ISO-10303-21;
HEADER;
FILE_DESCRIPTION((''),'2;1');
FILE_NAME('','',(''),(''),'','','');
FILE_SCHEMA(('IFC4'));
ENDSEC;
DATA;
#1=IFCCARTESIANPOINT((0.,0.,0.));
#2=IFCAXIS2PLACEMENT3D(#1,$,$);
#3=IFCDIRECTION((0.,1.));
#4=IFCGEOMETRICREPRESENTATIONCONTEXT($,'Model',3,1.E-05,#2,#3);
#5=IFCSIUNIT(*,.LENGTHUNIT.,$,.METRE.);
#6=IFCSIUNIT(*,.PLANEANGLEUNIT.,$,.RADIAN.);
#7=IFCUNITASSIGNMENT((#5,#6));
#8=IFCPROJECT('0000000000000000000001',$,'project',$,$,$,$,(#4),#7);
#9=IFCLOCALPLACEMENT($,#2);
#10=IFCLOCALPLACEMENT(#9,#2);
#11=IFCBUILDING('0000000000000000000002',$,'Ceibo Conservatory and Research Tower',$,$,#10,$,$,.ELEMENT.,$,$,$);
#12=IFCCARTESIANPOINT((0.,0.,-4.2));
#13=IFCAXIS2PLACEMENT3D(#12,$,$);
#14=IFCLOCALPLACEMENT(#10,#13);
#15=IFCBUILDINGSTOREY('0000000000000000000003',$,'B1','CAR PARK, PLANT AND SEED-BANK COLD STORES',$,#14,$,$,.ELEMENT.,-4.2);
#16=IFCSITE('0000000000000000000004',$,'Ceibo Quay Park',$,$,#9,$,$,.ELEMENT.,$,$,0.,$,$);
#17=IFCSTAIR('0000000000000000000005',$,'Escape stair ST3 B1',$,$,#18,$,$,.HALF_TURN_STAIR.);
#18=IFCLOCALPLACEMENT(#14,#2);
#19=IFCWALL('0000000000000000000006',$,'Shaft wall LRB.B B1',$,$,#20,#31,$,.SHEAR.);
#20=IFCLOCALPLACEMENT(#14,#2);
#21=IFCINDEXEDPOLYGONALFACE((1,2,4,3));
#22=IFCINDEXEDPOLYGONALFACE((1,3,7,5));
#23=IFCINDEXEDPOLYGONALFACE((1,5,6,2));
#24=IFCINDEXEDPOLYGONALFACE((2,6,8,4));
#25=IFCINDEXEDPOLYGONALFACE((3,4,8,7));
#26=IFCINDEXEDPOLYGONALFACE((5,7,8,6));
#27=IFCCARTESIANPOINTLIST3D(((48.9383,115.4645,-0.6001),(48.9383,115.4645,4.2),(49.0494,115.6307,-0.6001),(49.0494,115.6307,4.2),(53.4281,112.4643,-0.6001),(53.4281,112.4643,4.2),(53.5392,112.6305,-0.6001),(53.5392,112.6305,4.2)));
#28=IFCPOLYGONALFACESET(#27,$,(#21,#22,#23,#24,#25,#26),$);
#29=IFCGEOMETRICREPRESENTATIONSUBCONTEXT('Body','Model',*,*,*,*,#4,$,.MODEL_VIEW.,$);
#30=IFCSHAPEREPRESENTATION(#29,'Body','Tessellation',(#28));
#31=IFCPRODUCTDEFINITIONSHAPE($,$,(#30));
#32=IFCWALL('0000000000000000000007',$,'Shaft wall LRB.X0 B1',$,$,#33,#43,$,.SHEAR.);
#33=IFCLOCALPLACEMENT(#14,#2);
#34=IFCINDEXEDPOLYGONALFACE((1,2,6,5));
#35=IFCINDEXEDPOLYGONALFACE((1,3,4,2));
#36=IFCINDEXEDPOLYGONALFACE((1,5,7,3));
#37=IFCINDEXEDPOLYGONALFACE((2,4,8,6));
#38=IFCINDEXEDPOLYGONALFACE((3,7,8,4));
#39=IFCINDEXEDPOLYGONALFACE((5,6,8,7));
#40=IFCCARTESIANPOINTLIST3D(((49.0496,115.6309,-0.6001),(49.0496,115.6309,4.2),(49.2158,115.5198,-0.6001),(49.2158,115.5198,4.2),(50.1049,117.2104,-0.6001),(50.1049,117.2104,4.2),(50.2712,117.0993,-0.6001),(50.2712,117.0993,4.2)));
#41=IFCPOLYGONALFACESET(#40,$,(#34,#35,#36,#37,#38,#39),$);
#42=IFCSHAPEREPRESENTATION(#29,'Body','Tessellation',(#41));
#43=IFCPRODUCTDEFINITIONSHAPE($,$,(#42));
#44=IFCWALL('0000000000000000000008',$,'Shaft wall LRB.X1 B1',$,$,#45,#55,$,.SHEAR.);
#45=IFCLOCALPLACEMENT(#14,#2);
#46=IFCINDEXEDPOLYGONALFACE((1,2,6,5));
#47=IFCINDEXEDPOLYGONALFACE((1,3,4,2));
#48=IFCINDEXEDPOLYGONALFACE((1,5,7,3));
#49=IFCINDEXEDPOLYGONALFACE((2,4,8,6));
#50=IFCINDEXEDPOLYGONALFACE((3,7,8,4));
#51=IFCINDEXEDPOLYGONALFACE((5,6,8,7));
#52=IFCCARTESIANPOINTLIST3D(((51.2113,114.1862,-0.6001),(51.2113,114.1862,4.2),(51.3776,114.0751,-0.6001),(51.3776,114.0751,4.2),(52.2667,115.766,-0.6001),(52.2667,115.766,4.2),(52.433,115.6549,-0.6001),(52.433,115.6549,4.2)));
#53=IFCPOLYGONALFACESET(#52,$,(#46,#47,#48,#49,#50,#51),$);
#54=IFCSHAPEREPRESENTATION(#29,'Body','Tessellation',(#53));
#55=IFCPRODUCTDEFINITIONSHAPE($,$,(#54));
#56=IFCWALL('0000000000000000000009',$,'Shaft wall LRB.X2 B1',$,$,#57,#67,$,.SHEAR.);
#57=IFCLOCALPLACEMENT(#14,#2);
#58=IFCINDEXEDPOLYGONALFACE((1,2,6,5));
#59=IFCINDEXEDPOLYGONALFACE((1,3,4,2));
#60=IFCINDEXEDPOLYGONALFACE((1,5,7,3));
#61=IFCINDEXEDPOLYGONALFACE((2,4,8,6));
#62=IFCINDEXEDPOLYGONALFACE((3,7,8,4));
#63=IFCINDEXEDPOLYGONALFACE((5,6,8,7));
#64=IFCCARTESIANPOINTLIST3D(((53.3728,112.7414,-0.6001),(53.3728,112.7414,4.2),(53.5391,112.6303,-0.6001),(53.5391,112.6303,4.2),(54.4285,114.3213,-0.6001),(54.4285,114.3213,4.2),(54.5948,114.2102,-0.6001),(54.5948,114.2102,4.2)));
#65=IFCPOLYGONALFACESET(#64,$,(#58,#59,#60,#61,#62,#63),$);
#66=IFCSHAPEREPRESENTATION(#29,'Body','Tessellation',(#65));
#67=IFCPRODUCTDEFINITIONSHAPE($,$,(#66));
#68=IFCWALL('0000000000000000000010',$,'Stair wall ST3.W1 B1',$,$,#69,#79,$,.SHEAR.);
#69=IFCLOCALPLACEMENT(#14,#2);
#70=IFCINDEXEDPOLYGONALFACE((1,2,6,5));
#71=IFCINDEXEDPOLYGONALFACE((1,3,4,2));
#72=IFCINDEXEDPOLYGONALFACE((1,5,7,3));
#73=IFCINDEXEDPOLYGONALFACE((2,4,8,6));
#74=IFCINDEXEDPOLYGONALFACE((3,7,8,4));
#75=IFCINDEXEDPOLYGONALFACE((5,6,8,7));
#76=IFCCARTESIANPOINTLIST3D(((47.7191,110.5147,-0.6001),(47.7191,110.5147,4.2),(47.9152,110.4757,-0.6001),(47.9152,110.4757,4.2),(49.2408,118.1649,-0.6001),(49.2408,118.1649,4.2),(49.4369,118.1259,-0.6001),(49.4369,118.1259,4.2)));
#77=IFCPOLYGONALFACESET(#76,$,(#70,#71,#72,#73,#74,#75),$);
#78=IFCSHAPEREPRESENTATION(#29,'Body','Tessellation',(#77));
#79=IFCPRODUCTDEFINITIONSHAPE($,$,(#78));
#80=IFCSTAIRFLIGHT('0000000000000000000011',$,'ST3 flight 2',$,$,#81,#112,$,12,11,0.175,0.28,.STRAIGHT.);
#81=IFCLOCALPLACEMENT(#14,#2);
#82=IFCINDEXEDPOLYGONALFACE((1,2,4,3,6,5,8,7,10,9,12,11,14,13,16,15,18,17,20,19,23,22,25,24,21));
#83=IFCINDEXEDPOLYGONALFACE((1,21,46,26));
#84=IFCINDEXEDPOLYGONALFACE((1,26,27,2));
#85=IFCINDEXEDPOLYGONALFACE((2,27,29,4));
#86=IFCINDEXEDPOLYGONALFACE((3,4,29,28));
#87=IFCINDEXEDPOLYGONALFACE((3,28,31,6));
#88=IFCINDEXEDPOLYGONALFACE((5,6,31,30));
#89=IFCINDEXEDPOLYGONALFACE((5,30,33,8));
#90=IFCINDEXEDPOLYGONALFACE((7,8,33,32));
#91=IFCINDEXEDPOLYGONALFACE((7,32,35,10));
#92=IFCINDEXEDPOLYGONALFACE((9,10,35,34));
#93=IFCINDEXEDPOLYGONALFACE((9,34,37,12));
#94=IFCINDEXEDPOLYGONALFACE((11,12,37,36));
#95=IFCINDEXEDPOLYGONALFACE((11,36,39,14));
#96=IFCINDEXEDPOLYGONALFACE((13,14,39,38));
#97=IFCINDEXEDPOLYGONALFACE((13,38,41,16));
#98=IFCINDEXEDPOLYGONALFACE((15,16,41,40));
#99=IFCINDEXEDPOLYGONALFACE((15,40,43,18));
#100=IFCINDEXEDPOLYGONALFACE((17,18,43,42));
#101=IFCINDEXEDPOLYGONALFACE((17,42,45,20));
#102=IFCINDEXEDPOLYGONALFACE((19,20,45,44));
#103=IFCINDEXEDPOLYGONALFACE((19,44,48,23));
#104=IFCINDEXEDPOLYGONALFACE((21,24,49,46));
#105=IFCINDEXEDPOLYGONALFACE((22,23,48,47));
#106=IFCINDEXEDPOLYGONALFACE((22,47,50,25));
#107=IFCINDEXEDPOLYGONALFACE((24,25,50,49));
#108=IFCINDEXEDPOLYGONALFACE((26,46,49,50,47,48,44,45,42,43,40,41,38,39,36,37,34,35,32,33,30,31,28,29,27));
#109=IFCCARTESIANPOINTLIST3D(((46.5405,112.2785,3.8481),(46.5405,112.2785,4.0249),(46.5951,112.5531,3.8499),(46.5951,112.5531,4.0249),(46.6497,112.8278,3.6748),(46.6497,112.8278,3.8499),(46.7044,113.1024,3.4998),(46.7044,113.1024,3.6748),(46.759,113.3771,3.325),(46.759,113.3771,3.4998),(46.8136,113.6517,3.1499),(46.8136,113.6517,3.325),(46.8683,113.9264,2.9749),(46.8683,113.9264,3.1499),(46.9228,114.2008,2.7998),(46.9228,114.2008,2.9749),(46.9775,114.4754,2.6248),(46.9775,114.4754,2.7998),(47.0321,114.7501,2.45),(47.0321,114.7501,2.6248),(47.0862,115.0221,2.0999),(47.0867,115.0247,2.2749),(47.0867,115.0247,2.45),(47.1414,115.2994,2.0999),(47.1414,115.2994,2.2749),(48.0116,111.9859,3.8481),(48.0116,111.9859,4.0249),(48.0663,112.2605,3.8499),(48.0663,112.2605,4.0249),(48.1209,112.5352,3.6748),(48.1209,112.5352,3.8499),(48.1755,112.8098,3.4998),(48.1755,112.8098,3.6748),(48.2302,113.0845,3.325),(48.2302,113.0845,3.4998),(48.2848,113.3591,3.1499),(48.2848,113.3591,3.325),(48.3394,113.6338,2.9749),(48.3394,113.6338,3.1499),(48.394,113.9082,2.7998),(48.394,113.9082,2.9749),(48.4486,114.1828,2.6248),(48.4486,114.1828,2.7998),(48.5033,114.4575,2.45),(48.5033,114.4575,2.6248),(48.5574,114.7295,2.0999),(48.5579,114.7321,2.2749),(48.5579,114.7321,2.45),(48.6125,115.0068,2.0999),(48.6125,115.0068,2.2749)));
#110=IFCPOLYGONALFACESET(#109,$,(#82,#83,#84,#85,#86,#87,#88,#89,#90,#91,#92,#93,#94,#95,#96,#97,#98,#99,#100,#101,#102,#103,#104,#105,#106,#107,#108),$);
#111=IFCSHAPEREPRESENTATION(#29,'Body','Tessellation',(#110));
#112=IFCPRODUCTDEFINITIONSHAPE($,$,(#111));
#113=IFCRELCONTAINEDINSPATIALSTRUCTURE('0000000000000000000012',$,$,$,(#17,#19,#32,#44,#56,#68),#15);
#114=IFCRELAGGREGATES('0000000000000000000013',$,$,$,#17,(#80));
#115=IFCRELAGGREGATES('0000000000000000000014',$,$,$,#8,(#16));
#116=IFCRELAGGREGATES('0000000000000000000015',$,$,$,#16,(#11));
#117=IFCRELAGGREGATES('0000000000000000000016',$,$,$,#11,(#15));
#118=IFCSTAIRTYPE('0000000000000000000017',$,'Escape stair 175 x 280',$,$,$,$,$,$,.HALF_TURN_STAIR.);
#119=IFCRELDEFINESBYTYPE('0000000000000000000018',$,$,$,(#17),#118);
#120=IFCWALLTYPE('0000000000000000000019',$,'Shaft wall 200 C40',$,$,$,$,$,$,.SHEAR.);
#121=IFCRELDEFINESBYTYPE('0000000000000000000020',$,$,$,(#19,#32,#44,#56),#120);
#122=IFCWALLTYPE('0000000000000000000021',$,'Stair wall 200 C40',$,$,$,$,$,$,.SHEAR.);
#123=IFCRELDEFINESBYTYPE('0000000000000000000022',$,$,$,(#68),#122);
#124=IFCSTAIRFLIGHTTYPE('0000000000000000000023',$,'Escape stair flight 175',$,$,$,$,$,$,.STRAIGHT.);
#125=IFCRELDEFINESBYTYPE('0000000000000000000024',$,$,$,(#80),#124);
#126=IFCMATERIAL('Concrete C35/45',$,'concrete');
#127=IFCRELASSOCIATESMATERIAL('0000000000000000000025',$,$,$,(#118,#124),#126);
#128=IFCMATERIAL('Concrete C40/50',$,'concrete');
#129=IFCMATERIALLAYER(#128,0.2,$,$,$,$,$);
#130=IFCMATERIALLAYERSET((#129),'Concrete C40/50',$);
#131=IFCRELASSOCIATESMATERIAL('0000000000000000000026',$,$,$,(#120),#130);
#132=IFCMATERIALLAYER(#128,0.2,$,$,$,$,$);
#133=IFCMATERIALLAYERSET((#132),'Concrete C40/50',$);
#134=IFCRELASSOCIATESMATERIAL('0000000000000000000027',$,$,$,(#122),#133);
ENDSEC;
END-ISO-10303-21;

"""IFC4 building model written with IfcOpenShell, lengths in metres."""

from ifc_helpers import new_model, si_unit, direction, frame, frame_2d, origin, place, context, subcontext, project, spatial, polyline, rectangle, outline, extrude, material, layer, layer_set, type_object, element, aggregate, save


model = new_model("IFC4")

# Units and contexts
model_context = context("Model", 3, precision=1e-05, world=origin(), true_north=direction((0.0, 1.0)))
body_context = subcontext(model_context, "Body", "Model", "MODEL_VIEW")
ifc_project = project(units=[si_unit("LENGTHUNIT", "METRE"), si_unit("PLANEANGLEUNIT", "RADIAN")], contexts=[model_context])

# Site, building, storey
site_placement = place(None, origin())
site = spatial("IfcSite", under=ifc_project, at=site_placement, Name="Ceibo Quay Park", CompositionType="ELEMENT", RefElevation=0.0)
building_placement = place(site_placement, origin())
building = spatial("IfcBuilding", under=site, at=building_placement, Name="Ceibo Conservatory and Research Tower", CompositionType="ELEMENT")
storey_placement = place(building_placement, frame((0.0, 0.0, -4.2)))
storey = spatial("IfcBuildingStorey", under=building, at=storey_placement, Name="B1", Description="CAR PARK, PLANT AND SEED-BANK COLD STORES", CompositionType="ELEMENT", Elevation=-4.2)

# Shared definitions
ifc_material_1 = material(Name="Concrete C35/45", Category="concrete")

# Stair
stair_type = type_object("IfcStairType", Name="Escape stair 175 x 280", PredefinedType="HALF_TURN_STAIR", material=ifc_material_1)
stair_placement = place(storey_placement, origin())
stair = element("IfcStair", 1, at=stair_placement, inside=storey, type_object=stair_type, Name="Escape stair ST3 B1", PredefinedType="HALF_TURN_STAIR")

# Shared definitions
ifc_material_2 = material(Name="Concrete C40/50", Category="concrete")
ifc_layer_1 = layer(ifc_material_2, 0.2)
ifc_layer_set_1 = layer_set([ifc_layer_1], Name="Concrete C40/50")
wall_type_1 = type_object("IfcWallType", Name="Shaft wall 200 C40", PredefinedType="SHEAR", material=ifc_layer_set_1)

# Walls
wall_1_placement = place(storey_placement, frame((48.9939, 115.5476, -0.6001), z_axis=(0.0, 0.0, 1.0), x_axis=(0.831445, -0.555608, 0.0)))
element("IfcWall", 2, at=wall_1_placement, inside=storey, type_object=wall_type_1, Name="Shaft wall LRB.B B1", PredefinedType="SHEAR", context=body_context, shape_type="SweptSolid", body=[
    extrude(rectangle(XDim=5.3999, YDim=0.2, at=frame_2d((2.7, 0.0))), origin(), (0.0, 0.0, 1.0), 4.8),
])
wall_2_placement = place(storey_placement, frame((50.188, 117.1548, -0.6001), z_axis=(0.0, 0.0, 1.0), x_axis=(-0.55556, -0.831476, 0.0)))
element("IfcWall", 3, at=wall_2_placement, inside=storey, type_object=wall_type_1, Name="Shaft wall LRB.X0 B1", PredefinedType="SHEAR", context=body_context, shape_type="SweptSolid", body=[
    extrude(rectangle(XDim=1.8997, YDim=0.2, at=frame_2d((0.9497, 0.0))), origin(), (0.0, 0.0, 1.0), 4.8),
])
wall_3_placement = place(storey_placement, frame((52.3499, 115.7104, -0.6001), z_axis=(0.0, 0.0, 1.0), x_axis=(-0.555501, -0.831516, 0.0)))
element("IfcWall", 4, at=wall_3_placement, inside=storey, type_object=wall_type_1, Name="Shaft wall LRB.X1 B1", PredefinedType="SHEAR", context=body_context, shape_type="SweptSolid", body=[
    extrude(rectangle(XDim=1.8999, YDim=0.2, at=frame_2d((0.95, 0.0))), origin(), (0.0, 0.0, 1.0), 4.8),
])
wall_4_placement = place(storey_placement, frame((54.5117, 114.2659, -0.6001), z_axis=(0.0, 0.0, 1.0), x_axis=(-0.555589, -0.831457, 0.0)))
element("IfcWall", 5, at=wall_4_placement, inside=storey, type_object=wall_type_1, Name="Shaft wall LRB.X2 B1", PredefinedType="SHEAR", context=body_context, shape_type="SweptSolid", body=[
    extrude(rectangle(XDim=1.9001, YDim=0.2, at=frame_2d((0.9502, 0.0))), origin(), (0.0, 0.0, 1.0), 4.8),
])
ifc_layer_2 = layer(ifc_material_2, 0.2)
ifc_layer_set_2 = layer_set([ifc_layer_2], Name="Concrete C40/50")
wall_type_2 = type_object("IfcWallType", Name="Stair wall 200 C40", PredefinedType="SHEAR", material=ifc_layer_set_2)
wall_5_placement = place(storey_placement, frame((49.3389, 118.1453, -0.6001), z_axis=(0.0, 0.0, 1.0), x_axis=(-0.195093, -0.980785, 0.0)))
element("IfcWall", 6, at=wall_5_placement, inside=storey, type_object=wall_type_2, Name="Stair wall ST3.W1 B1", PredefinedType="SHEAR", context=body_context, shape_type="SweptSolid", body=[
    extrude(rectangle(XDim=7.8, YDim=0.2, at=frame_2d((3.8999, 0.0))), origin(), (0.0, 0.0, 1.0), 4.8),
])

# Stair flight
stair_flight_type = type_object("IfcStairFlightType", Name="Escape stair flight 175", PredefinedType="STRAIGHT", material=ifc_material_1)
stair_flight_placement = place(storey_placement, frame((47.877, 115.1531, 2.0999), z_axis=(0.0, 0.0, 1.0), x_axis=(-0.19509, -0.980785, 0.0)))
stair_flight = element("IfcStairFlight", 7, at=stair_flight_placement, type_object=stair_flight_type, Name="ST3 flight 2", NumberOfRisers=12, NumberOfTreads=11, PredefinedType="STRAIGHT", RiserHeight=0.175, TreadLength=0.28, context=body_context, shape_type="SweptSolid", body=[
    extrude(outline(polyline([(0.0, 0.0), (0.0, 0.175), (0.28, 0.175), (0.28, 0.3501), (0.5601, 0.3501), (0.5601, 0.5249), (0.8401, 0.5249), (0.8401, 0.7), (1.1201, 0.7), (1.1201, 0.875), (1.3999, 0.875), (1.3999, 1.05), (1.6799, 1.05), (1.6799, 1.2251), (1.96, 1.2251), (1.96, 1.3999), (2.24, 1.3999), (2.24, 1.575), (2.52, 1.575), (2.52, 1.75), (2.8, 1.75), (2.8, 1.925), (3.0801, 1.925), (3.0801, 2.1001), (3.0801, 1.7483), (0.2827, 0.0), (0.0, 0.0)])), frame((0.0, 0.75, 0.0), z_axis=(0.0, -1.0, 0.0), x_axis=(1.0, 0.0, 0.0)), (0.0, 0.0, 1.0), 1.5),
])
aggregate(stair, [stair_flight])

save(model, "model.ifc")
